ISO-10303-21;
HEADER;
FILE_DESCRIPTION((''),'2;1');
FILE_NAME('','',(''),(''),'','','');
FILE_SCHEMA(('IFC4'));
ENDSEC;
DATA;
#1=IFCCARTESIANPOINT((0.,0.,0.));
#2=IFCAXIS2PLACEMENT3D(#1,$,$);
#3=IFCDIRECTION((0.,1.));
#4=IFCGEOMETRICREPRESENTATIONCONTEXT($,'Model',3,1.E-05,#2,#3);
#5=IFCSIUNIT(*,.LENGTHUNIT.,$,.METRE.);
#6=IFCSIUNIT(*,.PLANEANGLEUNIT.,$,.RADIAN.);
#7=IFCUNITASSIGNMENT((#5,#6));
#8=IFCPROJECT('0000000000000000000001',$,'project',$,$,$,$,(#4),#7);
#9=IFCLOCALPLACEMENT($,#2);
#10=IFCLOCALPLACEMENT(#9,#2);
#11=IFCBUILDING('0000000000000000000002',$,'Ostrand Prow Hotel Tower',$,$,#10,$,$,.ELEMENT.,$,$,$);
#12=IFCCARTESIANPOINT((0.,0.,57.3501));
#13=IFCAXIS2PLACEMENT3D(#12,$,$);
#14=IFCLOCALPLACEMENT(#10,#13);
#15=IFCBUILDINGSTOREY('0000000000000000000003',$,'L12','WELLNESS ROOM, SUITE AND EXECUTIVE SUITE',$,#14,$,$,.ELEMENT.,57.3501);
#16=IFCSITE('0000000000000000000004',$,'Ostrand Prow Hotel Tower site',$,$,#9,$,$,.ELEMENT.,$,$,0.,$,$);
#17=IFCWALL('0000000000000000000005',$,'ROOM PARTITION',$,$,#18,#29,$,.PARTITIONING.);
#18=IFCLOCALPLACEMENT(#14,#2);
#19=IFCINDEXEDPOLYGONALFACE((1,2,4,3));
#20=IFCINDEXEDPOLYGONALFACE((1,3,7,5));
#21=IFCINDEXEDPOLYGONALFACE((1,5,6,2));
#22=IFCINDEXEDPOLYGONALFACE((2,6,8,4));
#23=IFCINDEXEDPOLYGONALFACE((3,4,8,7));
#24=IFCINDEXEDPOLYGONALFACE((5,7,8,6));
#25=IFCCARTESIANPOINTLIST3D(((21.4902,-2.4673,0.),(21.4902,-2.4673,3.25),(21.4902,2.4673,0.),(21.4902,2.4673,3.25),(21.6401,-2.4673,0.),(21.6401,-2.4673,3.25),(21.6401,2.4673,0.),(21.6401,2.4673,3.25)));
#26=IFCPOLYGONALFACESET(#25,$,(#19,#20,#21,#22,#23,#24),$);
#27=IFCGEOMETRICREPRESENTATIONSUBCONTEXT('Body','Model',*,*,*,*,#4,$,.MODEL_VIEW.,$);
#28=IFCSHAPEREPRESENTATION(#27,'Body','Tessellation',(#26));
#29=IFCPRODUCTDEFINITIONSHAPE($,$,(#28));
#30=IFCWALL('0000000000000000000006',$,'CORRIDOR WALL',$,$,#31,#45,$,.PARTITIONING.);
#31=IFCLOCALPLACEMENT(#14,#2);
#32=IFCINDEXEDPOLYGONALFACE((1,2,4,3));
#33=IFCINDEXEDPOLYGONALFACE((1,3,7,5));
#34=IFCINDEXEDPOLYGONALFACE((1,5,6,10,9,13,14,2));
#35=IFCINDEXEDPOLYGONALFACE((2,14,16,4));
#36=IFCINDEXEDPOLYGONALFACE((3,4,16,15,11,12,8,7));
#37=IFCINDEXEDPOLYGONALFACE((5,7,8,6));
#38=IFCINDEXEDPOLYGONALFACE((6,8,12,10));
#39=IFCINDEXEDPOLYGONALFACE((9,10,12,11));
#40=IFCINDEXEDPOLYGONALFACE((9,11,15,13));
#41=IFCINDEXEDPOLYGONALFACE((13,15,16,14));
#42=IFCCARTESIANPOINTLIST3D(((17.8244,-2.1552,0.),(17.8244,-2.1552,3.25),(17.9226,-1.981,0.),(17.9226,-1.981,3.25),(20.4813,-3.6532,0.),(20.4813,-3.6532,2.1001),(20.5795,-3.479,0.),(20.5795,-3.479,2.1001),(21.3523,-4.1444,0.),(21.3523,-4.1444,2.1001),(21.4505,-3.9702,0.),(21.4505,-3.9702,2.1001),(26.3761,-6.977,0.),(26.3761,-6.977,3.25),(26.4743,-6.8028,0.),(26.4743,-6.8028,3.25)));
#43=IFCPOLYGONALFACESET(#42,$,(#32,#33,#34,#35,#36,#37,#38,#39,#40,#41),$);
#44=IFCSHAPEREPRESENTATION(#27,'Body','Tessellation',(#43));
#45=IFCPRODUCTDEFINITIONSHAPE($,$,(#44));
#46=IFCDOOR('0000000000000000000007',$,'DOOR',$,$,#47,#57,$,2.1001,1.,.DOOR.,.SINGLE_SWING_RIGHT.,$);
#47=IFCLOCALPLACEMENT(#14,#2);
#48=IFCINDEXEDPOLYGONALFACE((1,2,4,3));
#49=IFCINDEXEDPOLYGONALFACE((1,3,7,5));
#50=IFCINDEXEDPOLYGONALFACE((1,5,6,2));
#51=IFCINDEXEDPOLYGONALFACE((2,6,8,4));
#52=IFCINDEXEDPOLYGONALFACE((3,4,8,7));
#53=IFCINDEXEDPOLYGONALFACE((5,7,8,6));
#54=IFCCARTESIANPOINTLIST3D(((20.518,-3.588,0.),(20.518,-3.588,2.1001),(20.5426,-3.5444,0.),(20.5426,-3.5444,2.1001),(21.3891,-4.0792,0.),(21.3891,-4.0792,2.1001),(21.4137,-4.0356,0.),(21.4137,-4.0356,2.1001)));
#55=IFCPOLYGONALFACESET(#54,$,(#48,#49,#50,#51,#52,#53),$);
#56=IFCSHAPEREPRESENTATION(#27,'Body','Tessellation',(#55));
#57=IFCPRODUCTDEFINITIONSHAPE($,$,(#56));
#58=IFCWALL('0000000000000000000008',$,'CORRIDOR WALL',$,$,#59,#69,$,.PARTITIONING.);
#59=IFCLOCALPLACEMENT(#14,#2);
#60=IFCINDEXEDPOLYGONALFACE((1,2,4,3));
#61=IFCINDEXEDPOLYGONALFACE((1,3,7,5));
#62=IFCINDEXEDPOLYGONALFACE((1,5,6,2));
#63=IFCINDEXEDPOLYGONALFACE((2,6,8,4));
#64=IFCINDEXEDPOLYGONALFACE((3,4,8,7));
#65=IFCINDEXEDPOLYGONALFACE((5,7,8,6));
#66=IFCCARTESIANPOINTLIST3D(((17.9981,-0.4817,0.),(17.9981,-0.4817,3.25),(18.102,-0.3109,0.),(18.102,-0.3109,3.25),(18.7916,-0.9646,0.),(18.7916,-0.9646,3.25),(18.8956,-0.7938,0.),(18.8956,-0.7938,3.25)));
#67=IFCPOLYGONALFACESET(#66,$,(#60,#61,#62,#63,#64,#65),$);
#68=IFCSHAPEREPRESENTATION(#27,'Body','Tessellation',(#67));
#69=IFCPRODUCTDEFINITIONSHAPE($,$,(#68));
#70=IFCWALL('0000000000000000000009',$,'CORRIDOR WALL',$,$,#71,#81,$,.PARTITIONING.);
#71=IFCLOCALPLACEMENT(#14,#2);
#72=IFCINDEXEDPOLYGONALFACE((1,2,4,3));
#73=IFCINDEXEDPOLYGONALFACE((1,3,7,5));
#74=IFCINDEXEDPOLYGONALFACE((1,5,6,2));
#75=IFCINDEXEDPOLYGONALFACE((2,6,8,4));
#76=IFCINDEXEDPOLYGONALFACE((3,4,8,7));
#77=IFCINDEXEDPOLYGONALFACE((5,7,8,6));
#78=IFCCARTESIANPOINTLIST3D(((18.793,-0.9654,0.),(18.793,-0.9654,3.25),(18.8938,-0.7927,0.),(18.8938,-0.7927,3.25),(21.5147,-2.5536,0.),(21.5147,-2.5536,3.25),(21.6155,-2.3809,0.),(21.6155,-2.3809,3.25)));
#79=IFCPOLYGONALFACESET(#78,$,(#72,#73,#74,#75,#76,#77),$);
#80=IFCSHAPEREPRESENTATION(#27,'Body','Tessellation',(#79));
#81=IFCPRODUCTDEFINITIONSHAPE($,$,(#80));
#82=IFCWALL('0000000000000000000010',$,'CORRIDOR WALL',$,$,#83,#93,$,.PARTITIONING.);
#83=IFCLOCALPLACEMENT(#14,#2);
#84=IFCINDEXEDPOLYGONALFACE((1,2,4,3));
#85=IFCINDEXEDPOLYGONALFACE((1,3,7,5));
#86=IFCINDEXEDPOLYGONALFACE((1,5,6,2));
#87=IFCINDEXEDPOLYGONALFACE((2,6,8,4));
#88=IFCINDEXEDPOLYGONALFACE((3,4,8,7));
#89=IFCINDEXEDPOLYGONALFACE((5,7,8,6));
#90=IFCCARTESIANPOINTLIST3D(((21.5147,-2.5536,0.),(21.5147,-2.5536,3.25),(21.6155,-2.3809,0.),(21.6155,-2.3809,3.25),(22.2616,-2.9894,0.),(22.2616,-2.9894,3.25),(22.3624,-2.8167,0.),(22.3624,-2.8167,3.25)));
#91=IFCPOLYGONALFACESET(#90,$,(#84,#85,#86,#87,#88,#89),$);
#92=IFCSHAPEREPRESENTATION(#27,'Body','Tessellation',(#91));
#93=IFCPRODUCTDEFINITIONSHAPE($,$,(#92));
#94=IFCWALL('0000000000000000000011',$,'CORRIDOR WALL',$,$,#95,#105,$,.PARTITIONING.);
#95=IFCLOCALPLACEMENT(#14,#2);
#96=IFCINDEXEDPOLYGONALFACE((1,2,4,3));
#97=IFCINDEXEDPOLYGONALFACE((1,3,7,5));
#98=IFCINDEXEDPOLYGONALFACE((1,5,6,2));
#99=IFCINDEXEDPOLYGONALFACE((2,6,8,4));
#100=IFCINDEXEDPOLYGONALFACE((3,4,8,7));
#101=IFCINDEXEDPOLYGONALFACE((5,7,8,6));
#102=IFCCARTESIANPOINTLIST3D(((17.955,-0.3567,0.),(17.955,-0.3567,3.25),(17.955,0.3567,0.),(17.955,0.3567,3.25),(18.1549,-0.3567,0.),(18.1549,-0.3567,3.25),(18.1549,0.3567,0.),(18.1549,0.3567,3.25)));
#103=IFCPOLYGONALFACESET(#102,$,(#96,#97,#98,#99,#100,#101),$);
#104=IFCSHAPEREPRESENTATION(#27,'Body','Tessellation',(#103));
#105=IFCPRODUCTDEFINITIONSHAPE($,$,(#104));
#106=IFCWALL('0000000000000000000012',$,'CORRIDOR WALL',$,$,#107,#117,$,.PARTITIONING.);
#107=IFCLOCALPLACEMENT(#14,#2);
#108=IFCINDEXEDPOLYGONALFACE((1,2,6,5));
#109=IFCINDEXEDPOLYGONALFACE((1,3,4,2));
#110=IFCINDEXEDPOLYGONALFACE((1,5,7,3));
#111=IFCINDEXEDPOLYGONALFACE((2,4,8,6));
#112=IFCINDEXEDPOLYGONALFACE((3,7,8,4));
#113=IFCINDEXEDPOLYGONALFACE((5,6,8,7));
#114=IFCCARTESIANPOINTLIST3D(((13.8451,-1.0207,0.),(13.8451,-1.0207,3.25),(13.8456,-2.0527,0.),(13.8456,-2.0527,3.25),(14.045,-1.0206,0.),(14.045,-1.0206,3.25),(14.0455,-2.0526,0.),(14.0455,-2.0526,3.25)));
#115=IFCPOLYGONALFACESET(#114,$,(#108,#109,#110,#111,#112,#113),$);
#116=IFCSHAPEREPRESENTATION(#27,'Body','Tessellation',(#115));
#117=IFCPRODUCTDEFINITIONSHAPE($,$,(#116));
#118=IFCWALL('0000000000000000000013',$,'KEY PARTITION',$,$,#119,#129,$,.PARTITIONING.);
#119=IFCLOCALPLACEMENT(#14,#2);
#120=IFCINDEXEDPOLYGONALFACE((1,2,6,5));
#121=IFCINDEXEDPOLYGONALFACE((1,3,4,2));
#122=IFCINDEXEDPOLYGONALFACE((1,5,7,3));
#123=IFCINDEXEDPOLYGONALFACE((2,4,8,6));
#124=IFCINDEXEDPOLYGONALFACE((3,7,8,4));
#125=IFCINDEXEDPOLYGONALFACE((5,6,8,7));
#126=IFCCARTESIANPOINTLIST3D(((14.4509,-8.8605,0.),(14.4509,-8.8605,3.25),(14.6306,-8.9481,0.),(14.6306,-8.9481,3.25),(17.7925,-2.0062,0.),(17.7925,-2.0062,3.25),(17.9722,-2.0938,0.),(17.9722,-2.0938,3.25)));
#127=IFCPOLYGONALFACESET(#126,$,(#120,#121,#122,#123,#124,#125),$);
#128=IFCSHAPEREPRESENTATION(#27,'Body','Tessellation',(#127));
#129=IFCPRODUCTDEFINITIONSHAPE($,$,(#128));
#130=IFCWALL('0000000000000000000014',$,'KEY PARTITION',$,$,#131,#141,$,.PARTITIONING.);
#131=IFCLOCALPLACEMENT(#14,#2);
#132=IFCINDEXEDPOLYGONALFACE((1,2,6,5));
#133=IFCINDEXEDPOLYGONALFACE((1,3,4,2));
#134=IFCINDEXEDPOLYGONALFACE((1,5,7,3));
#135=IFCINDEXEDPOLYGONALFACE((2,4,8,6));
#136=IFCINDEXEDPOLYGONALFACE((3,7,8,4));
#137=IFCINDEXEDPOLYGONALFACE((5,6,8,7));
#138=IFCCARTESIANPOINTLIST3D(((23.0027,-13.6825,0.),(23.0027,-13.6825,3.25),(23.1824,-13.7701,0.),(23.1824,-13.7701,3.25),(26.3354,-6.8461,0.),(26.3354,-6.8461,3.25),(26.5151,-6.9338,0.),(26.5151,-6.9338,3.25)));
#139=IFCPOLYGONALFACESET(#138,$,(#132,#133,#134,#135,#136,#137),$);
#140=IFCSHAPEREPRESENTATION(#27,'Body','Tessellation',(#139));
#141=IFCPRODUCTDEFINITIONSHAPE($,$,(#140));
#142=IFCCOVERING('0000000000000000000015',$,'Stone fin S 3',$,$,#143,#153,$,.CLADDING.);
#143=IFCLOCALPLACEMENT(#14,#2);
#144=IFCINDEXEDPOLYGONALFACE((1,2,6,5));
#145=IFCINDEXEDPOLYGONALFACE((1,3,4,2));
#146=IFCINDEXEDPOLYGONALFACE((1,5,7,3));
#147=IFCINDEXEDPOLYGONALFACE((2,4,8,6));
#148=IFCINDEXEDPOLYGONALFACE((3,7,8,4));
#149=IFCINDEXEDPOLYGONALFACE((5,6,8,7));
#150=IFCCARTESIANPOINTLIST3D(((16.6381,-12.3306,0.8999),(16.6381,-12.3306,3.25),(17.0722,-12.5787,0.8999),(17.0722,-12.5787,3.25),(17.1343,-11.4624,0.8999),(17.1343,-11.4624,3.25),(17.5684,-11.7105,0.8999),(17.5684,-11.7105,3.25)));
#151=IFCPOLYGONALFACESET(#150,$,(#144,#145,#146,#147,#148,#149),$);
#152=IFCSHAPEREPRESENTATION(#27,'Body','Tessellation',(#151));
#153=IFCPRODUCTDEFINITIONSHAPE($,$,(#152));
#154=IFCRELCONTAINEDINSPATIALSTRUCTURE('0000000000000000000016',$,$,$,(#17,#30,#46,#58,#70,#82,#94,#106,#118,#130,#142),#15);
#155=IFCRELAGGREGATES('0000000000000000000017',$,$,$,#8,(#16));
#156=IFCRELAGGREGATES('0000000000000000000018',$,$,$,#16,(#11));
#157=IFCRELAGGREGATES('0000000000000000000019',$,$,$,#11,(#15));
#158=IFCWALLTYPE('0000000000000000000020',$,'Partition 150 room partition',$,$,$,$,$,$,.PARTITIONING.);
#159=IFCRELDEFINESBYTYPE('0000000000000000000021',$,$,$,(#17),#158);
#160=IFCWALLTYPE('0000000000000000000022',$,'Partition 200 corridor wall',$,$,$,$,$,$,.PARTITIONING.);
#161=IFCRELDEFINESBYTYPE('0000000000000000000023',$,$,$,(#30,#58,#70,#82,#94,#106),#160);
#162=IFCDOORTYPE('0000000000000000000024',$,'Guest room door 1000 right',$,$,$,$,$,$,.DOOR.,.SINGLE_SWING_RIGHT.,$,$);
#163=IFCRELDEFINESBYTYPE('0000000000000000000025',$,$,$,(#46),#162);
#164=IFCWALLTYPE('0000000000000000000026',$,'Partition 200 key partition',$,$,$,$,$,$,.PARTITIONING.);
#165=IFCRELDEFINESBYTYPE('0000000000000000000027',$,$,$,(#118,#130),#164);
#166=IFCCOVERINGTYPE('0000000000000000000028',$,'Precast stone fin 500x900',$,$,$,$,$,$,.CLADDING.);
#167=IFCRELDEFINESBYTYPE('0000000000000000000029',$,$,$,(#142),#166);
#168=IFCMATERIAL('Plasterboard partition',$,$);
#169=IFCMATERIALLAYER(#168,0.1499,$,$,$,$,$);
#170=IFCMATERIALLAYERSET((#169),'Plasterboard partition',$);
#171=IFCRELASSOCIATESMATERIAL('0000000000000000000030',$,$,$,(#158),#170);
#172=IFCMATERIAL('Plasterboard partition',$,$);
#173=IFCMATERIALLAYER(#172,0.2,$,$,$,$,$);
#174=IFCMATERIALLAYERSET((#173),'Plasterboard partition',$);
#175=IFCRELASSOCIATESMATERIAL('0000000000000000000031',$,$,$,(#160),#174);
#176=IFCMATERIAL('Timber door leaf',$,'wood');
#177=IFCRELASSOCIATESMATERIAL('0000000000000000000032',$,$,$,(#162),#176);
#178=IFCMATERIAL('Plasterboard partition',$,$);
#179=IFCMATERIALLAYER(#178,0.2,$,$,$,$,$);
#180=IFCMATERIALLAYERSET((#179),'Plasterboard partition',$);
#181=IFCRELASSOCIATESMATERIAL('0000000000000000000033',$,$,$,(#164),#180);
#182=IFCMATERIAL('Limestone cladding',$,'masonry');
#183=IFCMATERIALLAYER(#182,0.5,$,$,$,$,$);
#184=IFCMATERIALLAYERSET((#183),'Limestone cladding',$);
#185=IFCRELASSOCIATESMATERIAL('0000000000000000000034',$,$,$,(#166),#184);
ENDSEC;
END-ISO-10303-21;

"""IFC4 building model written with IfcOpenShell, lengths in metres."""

from ifc_helpers import new_model, si_unit, direction, frame, frame_2d, origin, place, context, subcontext, project, spatial, rectangle, extrude, material, layer, layer_set, type_object, element, fill, save


model = new_model("IFC4")

# Units and contexts
model_context = context("Model", 3, precision=1e-05, world=origin(), true_north=direction((0.0, 1.0)))
body_context = subcontext(model_context, "Body", "Model", "MODEL_VIEW")
ifc_project = project(units=[si_unit("LENGTHUNIT", "METRE"), si_unit("PLANEANGLEUNIT", "RADIAN")], contexts=[model_context])

# Site, building, storey
site_placement = place(None, origin())
site = spatial("IfcSite", under=ifc_project, at=site_placement, Name="Ostrand Prow Hotel Tower site", CompositionType="ELEMENT", RefElevation=0.0)
building_placement = place(site_placement, origin())
building = spatial("IfcBuilding", under=site, at=building_placement, Name="Ostrand Prow Hotel Tower", CompositionType="ELEMENT")
storey_placement = place(building_placement, frame((0.0, 0.0, 57.3501)))
storey = spatial("IfcBuildingStorey", under=building, at=storey_placement, Name="L12", Description="WELLNESS ROOM, SUITE AND EXECUTIVE SUITE", CompositionType="ELEMENT", Elevation=57.3501)

# Wall
ifc_material_1 = material(Name="Plasterboard partition")
ifc_layer_1 = layer(ifc_material_1, 0.1499)
ifc_layer_set_1 = layer_set([ifc_layer_1], Name="Plasterboard partition")
wall_type_1 = type_object("IfcWallType", Name="Partition 150 room partition", PredefinedType="PARTITIONING", material=ifc_layer_set_1)
wall_1_placement = place(storey_placement, frame((21.5652, -2.4673, 0.0), z_axis=(0.0, 0.0, 1.0), x_axis=(0.0, 1.0, 0.0)))
element("IfcWall", 1, at=wall_1_placement, inside=storey, type_object=wall_type_1, Name="ROOM PARTITION", PredefinedType="PARTITIONING", context=body_context, shape_type="SweptSolid", body=[
    extrude(rectangle(XDim=4.9346, YDim=0.1499, at=frame_2d((2.4673, 0.0))), origin(), (0.0, 0.0, 1.0), 3.25),
])

# Wall, opening, door
ifc_material_2 = material(Name="Plasterboard partition")
ifc_layer_2 = layer(ifc_material_2, 0.2)
ifc_layer_set_2 = layer_set([ifc_layer_2], Name="Plasterboard partition")
wall_type_2 = type_object("IfcWallType", Name="Partition 200 corridor wall", PredefinedType="PARTITIONING", material=ifc_layer_set_2)
wall_2_placement = place(storey_placement, frame((17.8735, -2.0681, 0.0), z_axis=(0.0, 0.0, 1.0), x_axis=(0.871078, -0.491144, 0.0)))
wall_2 = element("IfcWall", 2, at=wall_2_placement, inside=storey, type_object=wall_type_2, Name="CORRIDOR WALL", PredefinedType="PARTITIONING", context=body_context, shape_type="SweptSolid", body=[
    extrude(rectangle(XDim=9.8174, YDim=0.2, at=frame_2d((4.9087, 0.0))), origin(), (0.0, 0.0, 1.0), 3.25),
])
opening_1_placement = place(wall_2_placement, frame((3.05, 0.0, 0.0)))
opening_1 = element("IfcOpeningElement", 3, at=opening_1_placement, cuts=wall_2, PredefinedType="OPENING", context=body_context, shape_type="SweptSolid", body=[
    extrude(rectangle(XDim=1.0, YDim=2.1001, at=frame_2d((0.5, 1.05))), frame((0.0, 0.1099, 0.0), z_axis=(0.0, -1.0, 0.0), x_axis=(1.0, 0.0, 0.0)), (0.0, 0.0, 1.0), 0.22),
])
ifc_material_3 = material(Name="Timber door leaf", Category="wood")
door_type_1 = type_object("IfcDoorType", Name="Guest room door 1000 right", OperationType="SINGLE_SWING_RIGHT", PredefinedType="DOOR", material=ifc_material_3)
door_1_placement = place(opening_1_placement, origin())
door_1 = element("IfcDoor", 4, at=door_1_placement, inside=storey, type_object=door_type_1, Name="DOOR", OperationType="SINGLE_SWING_RIGHT", OverallHeight=2.1001, OverallWidth=1.0, PredefinedType="DOOR", context=body_context, shape_type="SweptSolid", body=[
    extrude(rectangle(XDim=1.0, YDim=2.1001, at=frame_2d((0.5, 1.05))), frame((0.0, 0.0249, 0.0), z_axis=(0.0, -1.0, 0.0), x_axis=(1.0, 0.0, 0.0)), (0.0, 0.0, 1.0), 0.05),
])
fill(opening_1, door_1)

# Walls
wall_3_placement = place(storey_placement, frame((18.8435, -0.8792, 0.0), z_axis=(0.0, 0.0, 1.0), x_axis=(-0.854229, 0.519897, 0.0)))
element("IfcWall", 5, at=wall_3_placement, inside=storey, type_object=wall_type_2, Name="CORRIDOR WALL", PredefinedType="PARTITIONING", context=body_context, shape_type="SweptSolid", body=[
    extrude(rectangle(XDim=0.929, YDim=0.2, at=frame_2d((0.4644, 0.0))), origin(), (0.0, 0.0, 1.0), 3.25),
])
wall_4_placement = place(storey_placement, frame((21.5652, -2.4673, 0.0), z_axis=(0.0, 0.0, 1.0), x_axis=(-0.863711, 0.503987, 0.0)))
element("IfcWall", 6, at=wall_4_placement, inside=storey, type_object=wall_type_2, Name="CORRIDOR WALL", PredefinedType="PARTITIONING", context=body_context, shape_type="SweptSolid", body=[
    extrude(rectangle(XDim=3.1511, YDim=0.2, at=frame_2d((1.5757, 0.0))), origin(), (0.0, 0.0, 1.0), 3.25),
])
wall_5_placement = place(storey_placement, frame((22.312, -2.9031, 0.0), z_axis=(0.0, 0.0, 1.0), x_axis=(-0.863707, 0.503994, 0.0)))
element("IfcWall", 7, at=wall_5_placement, inside=storey, type_object=wall_type_2, Name="CORRIDOR WALL", PredefinedType="PARTITIONING", context=body_context, shape_type="SweptSolid", body=[
    extrude(rectangle(XDim=0.8647, YDim=0.2, at=frame_2d((0.4324, 0.0))), origin(), (0.0, 0.0, 1.0), 3.25),
])
wall_6_placement = place(storey_placement, frame((18.0549, -0.3567, 0.0), z_axis=(0.0, 0.0, 1.0), x_axis=(0.0, 1.0, 0.0)))
element("IfcWall", 8, at=wall_6_placement, inside=storey, type_object=wall_type_2, Name="CORRIDOR WALL", PredefinedType="PARTITIONING", context=body_context, shape_type="SweptSolid", body=[
    extrude(rectangle(XDim=0.7134, YDim=0.2, at=frame_2d((0.3567, 0.0))), origin(), (0.0, 0.0, 1.0), 3.25),
])
wall_7_placement = place(storey_placement, frame((13.9451, -1.0205, 0.0), z_axis=(0.0, 0.0, 1.0), x_axis=(0.000473, -1.0, 0.0)))
element("IfcWall", 9, at=wall_7_placement, inside=storey, type_object=wall_type_2, Name="CORRIDOR WALL", PredefinedType="PARTITIONING", context=body_context, shape_type="SweptSolid", body=[
    extrude(rectangle(XDim=1.032, YDim=0.2, at=frame_2d((0.5161, 0.0))), origin(), (0.0, 0.0, 1.0), 3.25),
])
ifc_material_4 = material(Name="Plasterboard partition")
ifc_layer_3 = layer(ifc_material_4, 0.2)
ifc_layer_set_3 = layer_set([ifc_layer_3], Name="Plasterboard partition")
wall_type_3 = type_object("IfcWallType", Name="Partition 200 key partition", PredefinedType="PARTITIONING", material=ifc_layer_set_3)
wall_8_placement = place(storey_placement, frame((14.5408, -8.9043, 0.0), z_axis=(0.0, 0.0, 1.0), x_axis=(0.438214, 0.898871, 0.0)))
element("IfcWall", 10, at=wall_8_placement, inside=storey, type_object=wall_type_3, Name="KEY PARTITION", PredefinedType="PARTITIONING", context=body_context, shape_type="SweptSolid", body=[
    extrude(rectangle(XDim=7.6255, YDim=0.2, at=frame_2d((3.8127, 0.0))), origin(), (0.0, 0.0, 1.0), 3.25),
])
wall_9_placement = place(storey_placement, frame((23.0925, -13.7263, 0.0), z_axis=(0.0, 0.0, 1.0), x_axis=(0.438203, 0.898876, 0.0)))
element("IfcWall", 11, at=wall_9_placement, inside=storey, type_object=wall_type_3, Name="KEY PARTITION", PredefinedType="PARTITIONING", context=body_context, shape_type="SweptSolid", body=[
    extrude(rectangle(XDim=7.6055, YDim=0.2, at=frame_2d((3.8027, 0.0))), origin(), (0.0, 0.0, 1.0), 3.25),
])

# Covering
ifc_material_5 = material(Name="Limestone cladding", Category="masonry")
ifc_layer_4 = layer(ifc_material_5, 0.5)
ifc_layer_set_4 = layer_set([ifc_layer_4], Name="Limestone cladding")
covering_type = type_object("IfcCoveringType", Name="Precast stone fin 500x900", PredefinedType="CLADDING", material=ifc_layer_set_4)
covering_placement = place(storey_placement, frame((17.3513, -11.5864, 0.8999), z_axis=(0.0, 0.0, 1.0), x_axis=(-0.496139, -0.868243, 0.0)))
element("IfcCovering", 12, at=covering_placement, inside=storey, type_object=covering_type, Name="Stone fin S 3", PredefinedType="CLADDING", context=body_context, shape_type="SweptSolid", body=[
    extrude(rectangle(XDim=1.0, YDim=0.5, at=frame_2d((0.5, 0.0))), origin(), (0.0, 0.0, 1.0), 2.3501),
])

save(model, "model.ifc")
